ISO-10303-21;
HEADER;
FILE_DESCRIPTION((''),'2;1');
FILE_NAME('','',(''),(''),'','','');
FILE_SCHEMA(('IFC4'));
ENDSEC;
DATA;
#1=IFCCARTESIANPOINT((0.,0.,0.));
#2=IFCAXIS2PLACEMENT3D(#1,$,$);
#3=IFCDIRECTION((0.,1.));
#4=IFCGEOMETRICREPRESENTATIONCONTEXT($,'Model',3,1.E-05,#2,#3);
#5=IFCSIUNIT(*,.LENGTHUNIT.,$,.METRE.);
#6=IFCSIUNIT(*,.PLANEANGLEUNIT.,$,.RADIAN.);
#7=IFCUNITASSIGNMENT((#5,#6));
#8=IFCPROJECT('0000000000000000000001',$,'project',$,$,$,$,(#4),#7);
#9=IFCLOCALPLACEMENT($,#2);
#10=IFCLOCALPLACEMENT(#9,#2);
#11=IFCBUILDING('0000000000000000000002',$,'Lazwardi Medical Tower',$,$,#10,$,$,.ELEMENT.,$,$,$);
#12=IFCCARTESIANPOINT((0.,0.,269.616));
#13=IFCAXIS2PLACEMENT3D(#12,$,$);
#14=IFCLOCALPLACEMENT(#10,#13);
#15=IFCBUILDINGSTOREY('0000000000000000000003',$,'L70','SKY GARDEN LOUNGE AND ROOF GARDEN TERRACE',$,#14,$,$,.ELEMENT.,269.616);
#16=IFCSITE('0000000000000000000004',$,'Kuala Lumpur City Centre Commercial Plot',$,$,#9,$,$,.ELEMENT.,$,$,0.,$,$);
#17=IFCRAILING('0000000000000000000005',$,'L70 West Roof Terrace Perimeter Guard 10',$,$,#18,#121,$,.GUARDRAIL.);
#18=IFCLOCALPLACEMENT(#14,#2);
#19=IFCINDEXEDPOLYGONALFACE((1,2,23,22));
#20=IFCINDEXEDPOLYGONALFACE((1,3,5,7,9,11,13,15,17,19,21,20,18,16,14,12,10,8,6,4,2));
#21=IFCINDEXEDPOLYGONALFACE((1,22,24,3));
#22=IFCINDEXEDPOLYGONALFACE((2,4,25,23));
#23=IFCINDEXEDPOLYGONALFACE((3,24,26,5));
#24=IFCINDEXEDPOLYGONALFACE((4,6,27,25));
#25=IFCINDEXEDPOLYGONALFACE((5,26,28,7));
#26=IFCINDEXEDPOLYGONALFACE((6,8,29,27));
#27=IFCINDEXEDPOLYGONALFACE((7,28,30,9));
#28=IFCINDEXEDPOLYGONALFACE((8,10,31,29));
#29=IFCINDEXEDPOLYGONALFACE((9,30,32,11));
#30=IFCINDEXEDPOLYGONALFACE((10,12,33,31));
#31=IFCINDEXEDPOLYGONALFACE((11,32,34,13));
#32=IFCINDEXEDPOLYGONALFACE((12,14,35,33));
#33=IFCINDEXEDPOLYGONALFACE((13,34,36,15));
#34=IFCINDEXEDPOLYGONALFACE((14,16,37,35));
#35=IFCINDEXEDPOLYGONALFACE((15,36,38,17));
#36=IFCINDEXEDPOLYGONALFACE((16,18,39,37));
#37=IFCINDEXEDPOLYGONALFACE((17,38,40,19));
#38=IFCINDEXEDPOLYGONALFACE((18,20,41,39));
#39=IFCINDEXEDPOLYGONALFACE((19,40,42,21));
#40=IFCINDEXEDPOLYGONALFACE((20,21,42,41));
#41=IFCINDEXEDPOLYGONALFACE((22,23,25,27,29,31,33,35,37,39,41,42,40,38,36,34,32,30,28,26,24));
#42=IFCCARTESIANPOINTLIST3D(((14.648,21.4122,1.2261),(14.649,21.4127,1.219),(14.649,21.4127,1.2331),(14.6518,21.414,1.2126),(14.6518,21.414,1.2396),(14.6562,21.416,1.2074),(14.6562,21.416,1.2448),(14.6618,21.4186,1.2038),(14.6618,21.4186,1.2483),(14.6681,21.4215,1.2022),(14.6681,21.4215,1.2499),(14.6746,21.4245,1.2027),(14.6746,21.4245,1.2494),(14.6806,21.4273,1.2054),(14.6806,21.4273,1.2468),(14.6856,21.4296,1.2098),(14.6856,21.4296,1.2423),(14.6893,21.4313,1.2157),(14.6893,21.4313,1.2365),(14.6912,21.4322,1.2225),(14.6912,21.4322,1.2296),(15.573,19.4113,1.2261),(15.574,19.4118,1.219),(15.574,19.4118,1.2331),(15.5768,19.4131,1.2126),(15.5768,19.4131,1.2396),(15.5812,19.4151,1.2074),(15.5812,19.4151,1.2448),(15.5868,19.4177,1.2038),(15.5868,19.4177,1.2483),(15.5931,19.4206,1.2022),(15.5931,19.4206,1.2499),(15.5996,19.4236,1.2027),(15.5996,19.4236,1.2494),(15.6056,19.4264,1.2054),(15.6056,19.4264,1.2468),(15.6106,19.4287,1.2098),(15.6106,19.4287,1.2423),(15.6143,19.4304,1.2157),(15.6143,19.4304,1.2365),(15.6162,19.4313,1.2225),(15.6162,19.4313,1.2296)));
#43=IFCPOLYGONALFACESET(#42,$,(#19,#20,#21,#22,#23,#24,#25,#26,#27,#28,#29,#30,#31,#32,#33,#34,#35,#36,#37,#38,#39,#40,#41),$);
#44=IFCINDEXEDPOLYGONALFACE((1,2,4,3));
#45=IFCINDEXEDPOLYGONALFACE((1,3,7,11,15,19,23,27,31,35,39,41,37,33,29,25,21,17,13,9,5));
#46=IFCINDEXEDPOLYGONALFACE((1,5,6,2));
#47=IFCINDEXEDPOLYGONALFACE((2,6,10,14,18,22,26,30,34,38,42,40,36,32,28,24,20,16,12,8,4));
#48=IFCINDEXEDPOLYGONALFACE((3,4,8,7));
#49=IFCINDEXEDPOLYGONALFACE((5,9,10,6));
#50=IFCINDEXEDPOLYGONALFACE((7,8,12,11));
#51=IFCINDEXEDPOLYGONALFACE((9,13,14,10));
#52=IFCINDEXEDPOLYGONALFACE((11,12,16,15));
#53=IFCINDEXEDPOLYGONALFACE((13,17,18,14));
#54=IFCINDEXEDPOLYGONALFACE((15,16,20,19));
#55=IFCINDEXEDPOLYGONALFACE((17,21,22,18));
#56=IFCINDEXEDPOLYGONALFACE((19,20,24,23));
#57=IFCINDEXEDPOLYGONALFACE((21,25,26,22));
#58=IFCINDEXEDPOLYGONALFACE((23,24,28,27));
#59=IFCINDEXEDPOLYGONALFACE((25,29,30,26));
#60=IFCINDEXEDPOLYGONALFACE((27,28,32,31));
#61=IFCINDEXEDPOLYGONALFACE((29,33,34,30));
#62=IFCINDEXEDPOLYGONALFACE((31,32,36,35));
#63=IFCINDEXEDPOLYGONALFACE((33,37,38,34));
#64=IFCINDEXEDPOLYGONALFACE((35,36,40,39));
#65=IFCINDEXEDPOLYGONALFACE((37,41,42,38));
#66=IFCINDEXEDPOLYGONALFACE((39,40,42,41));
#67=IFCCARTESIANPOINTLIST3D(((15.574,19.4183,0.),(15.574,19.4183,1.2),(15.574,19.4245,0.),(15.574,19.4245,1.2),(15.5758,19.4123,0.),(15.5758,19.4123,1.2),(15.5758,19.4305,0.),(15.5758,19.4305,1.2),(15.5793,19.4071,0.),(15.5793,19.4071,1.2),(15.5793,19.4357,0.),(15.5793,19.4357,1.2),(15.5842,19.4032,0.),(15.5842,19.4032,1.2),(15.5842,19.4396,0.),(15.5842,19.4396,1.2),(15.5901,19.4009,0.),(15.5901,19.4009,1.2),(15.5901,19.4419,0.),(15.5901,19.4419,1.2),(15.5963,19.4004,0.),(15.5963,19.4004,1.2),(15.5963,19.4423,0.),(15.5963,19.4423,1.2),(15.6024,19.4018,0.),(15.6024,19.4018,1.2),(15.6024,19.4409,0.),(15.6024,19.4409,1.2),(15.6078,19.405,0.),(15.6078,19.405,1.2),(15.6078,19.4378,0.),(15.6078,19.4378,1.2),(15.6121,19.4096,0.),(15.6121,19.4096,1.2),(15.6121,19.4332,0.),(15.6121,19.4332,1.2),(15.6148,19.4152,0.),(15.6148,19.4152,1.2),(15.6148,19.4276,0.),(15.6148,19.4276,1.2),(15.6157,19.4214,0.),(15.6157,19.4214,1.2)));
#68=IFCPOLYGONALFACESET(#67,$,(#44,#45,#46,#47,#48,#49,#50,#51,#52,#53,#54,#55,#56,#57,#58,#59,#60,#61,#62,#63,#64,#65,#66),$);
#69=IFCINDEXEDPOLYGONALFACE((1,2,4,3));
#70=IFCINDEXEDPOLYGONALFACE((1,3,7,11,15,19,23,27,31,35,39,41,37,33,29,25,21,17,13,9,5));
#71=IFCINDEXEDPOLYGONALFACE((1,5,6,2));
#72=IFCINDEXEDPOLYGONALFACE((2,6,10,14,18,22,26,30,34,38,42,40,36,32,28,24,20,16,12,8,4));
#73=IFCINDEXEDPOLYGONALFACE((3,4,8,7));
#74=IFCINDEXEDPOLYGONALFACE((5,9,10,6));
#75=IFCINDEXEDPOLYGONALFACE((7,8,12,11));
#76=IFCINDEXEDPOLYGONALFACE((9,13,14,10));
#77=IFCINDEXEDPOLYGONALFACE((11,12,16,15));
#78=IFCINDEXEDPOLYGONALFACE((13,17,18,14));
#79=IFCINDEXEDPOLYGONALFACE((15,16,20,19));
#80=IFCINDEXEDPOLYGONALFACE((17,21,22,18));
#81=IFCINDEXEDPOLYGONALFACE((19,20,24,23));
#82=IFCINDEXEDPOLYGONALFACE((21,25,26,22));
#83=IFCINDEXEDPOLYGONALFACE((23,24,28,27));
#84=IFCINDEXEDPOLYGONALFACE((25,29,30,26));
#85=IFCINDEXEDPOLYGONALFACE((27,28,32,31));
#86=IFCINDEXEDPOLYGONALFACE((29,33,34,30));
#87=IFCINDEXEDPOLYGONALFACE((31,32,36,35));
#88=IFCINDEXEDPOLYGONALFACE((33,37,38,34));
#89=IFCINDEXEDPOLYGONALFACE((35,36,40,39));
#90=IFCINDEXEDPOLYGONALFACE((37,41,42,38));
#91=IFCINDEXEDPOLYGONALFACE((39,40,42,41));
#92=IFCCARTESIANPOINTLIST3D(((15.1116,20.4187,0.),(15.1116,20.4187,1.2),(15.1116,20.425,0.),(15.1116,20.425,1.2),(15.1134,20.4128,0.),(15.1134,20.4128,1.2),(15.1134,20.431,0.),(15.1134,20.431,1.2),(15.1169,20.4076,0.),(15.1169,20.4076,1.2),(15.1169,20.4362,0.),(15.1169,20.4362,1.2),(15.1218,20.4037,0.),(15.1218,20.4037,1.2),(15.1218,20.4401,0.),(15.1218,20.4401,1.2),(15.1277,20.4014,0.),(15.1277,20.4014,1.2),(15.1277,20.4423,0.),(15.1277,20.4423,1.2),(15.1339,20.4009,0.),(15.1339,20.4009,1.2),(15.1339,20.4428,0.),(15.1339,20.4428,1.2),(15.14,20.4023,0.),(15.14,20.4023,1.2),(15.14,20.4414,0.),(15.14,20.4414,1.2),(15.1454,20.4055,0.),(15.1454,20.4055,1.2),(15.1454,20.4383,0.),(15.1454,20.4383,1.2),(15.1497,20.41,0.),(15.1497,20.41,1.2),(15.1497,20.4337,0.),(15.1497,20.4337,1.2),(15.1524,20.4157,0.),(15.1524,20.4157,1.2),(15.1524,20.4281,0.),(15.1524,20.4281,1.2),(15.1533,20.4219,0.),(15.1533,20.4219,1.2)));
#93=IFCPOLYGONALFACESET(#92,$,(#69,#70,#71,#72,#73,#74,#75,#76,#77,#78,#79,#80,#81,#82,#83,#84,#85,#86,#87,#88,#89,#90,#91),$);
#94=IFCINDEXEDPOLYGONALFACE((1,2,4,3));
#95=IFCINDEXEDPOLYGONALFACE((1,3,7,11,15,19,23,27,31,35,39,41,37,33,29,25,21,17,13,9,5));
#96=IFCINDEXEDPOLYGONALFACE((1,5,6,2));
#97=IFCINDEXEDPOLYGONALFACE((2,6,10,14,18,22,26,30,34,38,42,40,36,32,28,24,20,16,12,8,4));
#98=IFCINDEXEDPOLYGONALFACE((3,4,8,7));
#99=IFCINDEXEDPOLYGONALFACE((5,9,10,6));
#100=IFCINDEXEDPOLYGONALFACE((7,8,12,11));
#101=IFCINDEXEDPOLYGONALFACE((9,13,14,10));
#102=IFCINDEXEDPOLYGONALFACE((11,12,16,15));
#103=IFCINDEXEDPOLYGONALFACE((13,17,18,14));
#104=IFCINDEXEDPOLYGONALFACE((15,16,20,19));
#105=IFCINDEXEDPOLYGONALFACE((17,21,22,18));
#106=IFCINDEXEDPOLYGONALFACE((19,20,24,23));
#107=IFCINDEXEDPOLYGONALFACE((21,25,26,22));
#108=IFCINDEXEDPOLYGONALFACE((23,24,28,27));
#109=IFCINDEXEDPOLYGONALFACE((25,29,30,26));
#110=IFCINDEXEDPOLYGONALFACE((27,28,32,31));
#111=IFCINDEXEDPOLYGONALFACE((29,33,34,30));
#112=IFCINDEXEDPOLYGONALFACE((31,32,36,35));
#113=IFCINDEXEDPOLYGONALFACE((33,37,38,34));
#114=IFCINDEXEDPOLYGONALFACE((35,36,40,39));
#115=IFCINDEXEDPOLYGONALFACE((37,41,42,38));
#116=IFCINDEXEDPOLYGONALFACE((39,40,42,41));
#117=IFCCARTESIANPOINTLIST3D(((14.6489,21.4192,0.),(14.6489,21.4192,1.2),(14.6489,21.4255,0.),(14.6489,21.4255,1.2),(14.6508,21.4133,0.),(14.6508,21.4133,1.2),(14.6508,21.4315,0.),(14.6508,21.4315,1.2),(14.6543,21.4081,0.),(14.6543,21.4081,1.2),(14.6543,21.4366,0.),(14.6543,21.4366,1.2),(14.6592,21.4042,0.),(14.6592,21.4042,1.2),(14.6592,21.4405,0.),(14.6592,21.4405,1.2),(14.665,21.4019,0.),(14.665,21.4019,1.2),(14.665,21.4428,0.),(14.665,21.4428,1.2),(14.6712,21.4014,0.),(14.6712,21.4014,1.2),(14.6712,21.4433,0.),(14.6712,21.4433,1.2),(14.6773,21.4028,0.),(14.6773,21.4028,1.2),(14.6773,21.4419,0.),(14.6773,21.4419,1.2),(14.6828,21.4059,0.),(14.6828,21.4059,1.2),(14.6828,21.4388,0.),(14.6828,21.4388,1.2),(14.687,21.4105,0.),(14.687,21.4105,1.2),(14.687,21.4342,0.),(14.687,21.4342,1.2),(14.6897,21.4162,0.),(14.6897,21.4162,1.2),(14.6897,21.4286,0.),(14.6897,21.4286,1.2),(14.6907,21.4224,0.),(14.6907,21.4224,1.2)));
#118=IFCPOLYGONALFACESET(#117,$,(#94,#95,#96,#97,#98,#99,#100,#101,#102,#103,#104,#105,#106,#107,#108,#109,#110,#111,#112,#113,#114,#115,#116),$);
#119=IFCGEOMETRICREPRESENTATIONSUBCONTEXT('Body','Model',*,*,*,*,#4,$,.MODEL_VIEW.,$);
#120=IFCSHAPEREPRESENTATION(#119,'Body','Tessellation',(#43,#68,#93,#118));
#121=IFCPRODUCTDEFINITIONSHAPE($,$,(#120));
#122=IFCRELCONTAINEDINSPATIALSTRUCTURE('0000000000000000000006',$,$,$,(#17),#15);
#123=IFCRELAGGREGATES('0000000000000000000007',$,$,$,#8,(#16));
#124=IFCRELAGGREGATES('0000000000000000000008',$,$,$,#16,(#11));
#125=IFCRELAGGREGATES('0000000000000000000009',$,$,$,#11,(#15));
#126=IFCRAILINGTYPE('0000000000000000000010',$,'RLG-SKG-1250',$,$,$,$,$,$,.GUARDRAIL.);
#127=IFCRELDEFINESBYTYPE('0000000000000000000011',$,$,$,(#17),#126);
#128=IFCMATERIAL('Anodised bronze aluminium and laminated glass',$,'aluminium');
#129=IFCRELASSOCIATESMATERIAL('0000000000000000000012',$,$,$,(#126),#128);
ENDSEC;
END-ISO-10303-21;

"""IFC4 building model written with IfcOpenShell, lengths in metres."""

from ifc_helpers import new_model, si_unit, direction, frame, origin, origin_2d, place, context, subcontext, project, spatial, circle, extrude, material, type_object, element, save


model = new_model("IFC4")

# Units and contexts
model_context = context("Model", 3, precision=1e-05, world=origin(), true_north=direction((0.0, 1.0)))
body_context = subcontext(model_context, "Body", "Model", "MODEL_VIEW")
ifc_project = project(units=[si_unit("LENGTHUNIT", "METRE"), si_unit("PLANEANGLEUNIT", "RADIAN")], contexts=[model_context])

# Site, building, storey
site_placement = place(None, origin())
site = spatial("IfcSite", under=ifc_project, at=site_placement, Name="Kuala Lumpur City Centre Commercial Plot", CompositionType="ELEMENT", RefElevation=0.0)
building_placement = place(site_placement, origin())
building = spatial("IfcBuilding", under=site, at=building_placement, Name="Lazwardi Medical Tower", CompositionType="ELEMENT")
storey_placement = place(building_placement, frame((0.0, 0.0, 269.616)))
storey = spatial("IfcBuildingStorey", under=building, at=storey_placement, Name="L70", Description="SKY GARDEN LOUNGE AND ROOF GARDEN TERRACE", CompositionType="ELEMENT", Elevation=269.616)

# Railing
ifc_material_1 = material(Name="Anodised bronze aluminium and laminated glass", Category="aluminium")
railing_type = type_object("IfcRailingType", Name="RLG-SKG-1250", PredefinedType="GUARDRAIL", material=ifc_material_1)
railing_1_placement = place(storey_placement, frame((15.5947, 19.4214, 0.0)))
element("IfcRailing", 1, at=railing_1_placement, inside=storey, type_object=railing_type, Name="L70 West Roof Terrace Perimeter Guard 10", PredefinedType="GUARDRAIL", context=body_context, shape_type="SweptSolid", body=[
    extrude(circle(Radius=0.0239, at=origin_2d()), frame((0.0, 0.0, 1.2261), z_axis=(-0.419627, 0.907697, 0.0), x_axis=(-0.907697, -0.419627, 0.0)), (0.0, 0.0, 1.0), 2.2043),
    extrude(circle(Radius=0.021, at=origin_2d()), origin(), (0.0, 0.0, 1.0), 1.2),
    extrude(circle(Radius=0.021, at=origin_2d()), frame((-0.4624, 1.0005, 0.0)), (0.0, 0.0, 1.0), 1.2),
    extrude(circle(Radius=0.021, at=origin_2d()), frame((-0.925, 2.001, 0.0)), (0.0, 0.0, 1.0), 1.2),
])

save(model, "model.ifc")
